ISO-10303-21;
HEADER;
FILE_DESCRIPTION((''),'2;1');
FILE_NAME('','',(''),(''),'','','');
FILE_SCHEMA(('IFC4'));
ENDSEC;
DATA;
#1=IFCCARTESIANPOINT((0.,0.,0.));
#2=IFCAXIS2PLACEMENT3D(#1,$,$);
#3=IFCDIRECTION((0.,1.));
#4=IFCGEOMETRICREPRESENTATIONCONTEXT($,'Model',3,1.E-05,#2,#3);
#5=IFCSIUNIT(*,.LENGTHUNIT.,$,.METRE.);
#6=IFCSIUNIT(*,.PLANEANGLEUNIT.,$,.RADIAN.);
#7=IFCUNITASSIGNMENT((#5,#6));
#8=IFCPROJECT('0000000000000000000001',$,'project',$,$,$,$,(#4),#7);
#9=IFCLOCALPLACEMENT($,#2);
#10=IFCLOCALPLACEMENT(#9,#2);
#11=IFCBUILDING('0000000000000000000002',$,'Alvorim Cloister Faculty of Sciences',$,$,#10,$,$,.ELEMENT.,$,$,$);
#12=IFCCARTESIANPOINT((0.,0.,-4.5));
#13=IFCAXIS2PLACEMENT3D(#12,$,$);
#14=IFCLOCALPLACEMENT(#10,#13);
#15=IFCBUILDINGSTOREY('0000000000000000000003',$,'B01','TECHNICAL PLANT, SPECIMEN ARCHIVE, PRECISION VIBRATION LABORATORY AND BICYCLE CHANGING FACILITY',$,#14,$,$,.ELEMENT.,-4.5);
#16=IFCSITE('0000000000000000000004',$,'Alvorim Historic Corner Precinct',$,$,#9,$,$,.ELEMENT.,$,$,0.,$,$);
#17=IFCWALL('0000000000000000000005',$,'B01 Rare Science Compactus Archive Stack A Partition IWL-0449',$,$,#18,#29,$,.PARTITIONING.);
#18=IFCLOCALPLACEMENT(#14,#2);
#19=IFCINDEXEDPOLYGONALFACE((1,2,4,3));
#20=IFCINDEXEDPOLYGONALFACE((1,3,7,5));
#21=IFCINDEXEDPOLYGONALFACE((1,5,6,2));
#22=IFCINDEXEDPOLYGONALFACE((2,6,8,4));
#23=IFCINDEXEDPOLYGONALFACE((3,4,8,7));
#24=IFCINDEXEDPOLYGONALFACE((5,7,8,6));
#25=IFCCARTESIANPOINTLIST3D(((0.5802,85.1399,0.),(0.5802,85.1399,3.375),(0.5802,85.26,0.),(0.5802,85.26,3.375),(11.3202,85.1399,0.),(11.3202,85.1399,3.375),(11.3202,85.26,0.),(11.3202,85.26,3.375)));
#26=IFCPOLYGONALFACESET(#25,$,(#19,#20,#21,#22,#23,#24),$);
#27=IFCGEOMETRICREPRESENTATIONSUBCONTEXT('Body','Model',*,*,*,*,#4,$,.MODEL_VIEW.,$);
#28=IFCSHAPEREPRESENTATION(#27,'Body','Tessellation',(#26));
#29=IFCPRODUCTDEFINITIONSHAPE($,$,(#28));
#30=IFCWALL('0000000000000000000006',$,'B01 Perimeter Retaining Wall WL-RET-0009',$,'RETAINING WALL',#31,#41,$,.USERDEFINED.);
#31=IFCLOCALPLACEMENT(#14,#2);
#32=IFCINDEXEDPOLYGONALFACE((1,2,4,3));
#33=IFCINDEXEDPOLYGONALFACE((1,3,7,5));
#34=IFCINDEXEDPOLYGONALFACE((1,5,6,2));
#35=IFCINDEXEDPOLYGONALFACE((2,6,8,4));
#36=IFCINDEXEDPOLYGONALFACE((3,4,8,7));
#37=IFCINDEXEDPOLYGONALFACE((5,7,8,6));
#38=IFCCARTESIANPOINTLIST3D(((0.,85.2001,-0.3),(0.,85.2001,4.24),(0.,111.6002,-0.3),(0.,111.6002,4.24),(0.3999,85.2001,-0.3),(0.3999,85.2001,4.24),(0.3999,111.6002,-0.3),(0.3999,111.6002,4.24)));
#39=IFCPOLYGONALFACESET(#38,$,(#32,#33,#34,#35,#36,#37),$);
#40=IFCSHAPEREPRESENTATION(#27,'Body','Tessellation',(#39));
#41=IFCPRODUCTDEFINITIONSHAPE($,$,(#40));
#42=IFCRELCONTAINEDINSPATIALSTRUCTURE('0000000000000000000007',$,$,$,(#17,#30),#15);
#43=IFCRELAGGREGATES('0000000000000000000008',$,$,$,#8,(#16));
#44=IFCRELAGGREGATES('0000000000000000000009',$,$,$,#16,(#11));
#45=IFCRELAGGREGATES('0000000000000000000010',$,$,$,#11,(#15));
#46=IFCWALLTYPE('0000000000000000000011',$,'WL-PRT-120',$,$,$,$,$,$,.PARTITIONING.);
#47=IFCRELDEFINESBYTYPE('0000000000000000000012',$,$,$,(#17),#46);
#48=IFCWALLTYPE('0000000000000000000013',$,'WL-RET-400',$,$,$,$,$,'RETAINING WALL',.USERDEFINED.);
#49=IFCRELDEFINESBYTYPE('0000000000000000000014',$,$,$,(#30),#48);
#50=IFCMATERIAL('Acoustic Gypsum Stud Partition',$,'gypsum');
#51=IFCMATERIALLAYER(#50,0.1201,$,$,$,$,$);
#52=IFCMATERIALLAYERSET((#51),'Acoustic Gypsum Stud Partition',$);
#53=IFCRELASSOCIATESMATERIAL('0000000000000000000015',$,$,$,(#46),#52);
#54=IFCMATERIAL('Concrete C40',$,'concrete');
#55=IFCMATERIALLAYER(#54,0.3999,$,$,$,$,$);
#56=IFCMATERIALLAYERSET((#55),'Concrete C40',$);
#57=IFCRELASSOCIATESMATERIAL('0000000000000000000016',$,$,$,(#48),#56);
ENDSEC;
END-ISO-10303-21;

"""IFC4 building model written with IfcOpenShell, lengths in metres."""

from ifc_helpers import new_model, si_unit, direction, frame, frame_2d, origin, place, context, subcontext, project, spatial, rectangle, extrude, material, layer, layer_set, type_object, element, save


model = new_model("IFC4")

# Units and contexts
model_context = context("Model", 3, precision=1e-05, world=origin(), true_north=direction((0.0, 1.0)))
body_context = subcontext(model_context, "Body", "Model", "MODEL_VIEW")
ifc_project = project(units=[si_unit("LENGTHUNIT", "METRE"), si_unit("PLANEANGLEUNIT", "RADIAN")], contexts=[model_context])

# Site, building, storey
site_placement = place(None, origin())
site = spatial("IfcSite", under=ifc_project, at=site_placement, Name="Alvorim Historic Corner Precinct", CompositionType="ELEMENT", RefElevation=0.0)
building_placement = place(site_placement, origin())
building = spatial("IfcBuilding", under=site, at=building_placement, Name="Alvorim Cloister Faculty of Sciences", CompositionType="ELEMENT")
storey_placement = place(building_placement, frame((0.0, 0.0, -4.5)))
storey = spatial("IfcBuildingStorey", under=building, at=storey_placement, Name="B01", Description="TECHNICAL PLANT, SPECIMEN ARCHIVE, PRECISION VIBRATION LABORATORY AND BICYCLE CHANGING FACILITY", CompositionType="ELEMENT", Elevation=-4.5)

# Shared definitions
ifc_material_1 = material(Name="Concrete C40", Category="concrete")

# Walls
ifc_material_2 = material(Name="Acoustic Gypsum Stud Partition", Category="gypsum")
ifc_layer_1 = layer(ifc_material_2, 0.1201)
ifc_layer_set_1 = layer_set([ifc_layer_1], Name="Acoustic Gypsum Stud Partition")
wall_type_1 = type_object("IfcWallType", Name="WL-PRT-120", PredefinedType="PARTITIONING", material=ifc_layer_set_1)
wall_1_placement = place(storey_placement, frame((0.5801, 85.2, 0.0), z_axis=(0.0, 0.0, 1.0), x_axis=(1.0, 0.0, 0.0)))
element("IfcWall", 1, at=wall_1_placement, inside=storey, type_object=wall_type_1, Name="B01 Rare Science Compactus Archive Stack A Partition IWL-0449", PredefinedType="PARTITIONING", context=body_context, shape_type="SweptSolid", body=[
    extrude(rectangle(XDim=10.74, YDim=0.1201, at=frame_2d((5.3701, 0.0))), origin(), (0.0, 0.0, 1.0), 3.375),
])
ifc_layer_2 = layer(ifc_material_1, 0.3999)
ifc_layer_set_2 = layer_set([ifc_layer_2], Name="Concrete C40")
wall_type_2 = type_object("IfcWallType", Name="WL-RET-400", ElementType="RETAINING WALL", PredefinedType="USERDEFINED", material=ifc_layer_set_2)
wall_2_placement = place(storey_placement, frame((0.2, 85.2, -0.3), z_axis=(0.0, 0.0, 1.0), x_axis=(0.0, 1.0, 0.0)))
element("IfcWall", 2, at=wall_2_placement, inside=storey, type_object=wall_type_2, Name="B01 Perimeter Retaining Wall WL-RET-0009", ObjectType="RETAINING WALL", PredefinedType="USERDEFINED", context=body_context, shape_type="SweptSolid", body=[
    extrude(rectangle(XDim=26.4001, YDim=0.3999, at=frame_2d((13.2002, 0.0))), origin(), (0.0, 0.0, 1.0), 4.54),
])

save(model, "model.ifc")
